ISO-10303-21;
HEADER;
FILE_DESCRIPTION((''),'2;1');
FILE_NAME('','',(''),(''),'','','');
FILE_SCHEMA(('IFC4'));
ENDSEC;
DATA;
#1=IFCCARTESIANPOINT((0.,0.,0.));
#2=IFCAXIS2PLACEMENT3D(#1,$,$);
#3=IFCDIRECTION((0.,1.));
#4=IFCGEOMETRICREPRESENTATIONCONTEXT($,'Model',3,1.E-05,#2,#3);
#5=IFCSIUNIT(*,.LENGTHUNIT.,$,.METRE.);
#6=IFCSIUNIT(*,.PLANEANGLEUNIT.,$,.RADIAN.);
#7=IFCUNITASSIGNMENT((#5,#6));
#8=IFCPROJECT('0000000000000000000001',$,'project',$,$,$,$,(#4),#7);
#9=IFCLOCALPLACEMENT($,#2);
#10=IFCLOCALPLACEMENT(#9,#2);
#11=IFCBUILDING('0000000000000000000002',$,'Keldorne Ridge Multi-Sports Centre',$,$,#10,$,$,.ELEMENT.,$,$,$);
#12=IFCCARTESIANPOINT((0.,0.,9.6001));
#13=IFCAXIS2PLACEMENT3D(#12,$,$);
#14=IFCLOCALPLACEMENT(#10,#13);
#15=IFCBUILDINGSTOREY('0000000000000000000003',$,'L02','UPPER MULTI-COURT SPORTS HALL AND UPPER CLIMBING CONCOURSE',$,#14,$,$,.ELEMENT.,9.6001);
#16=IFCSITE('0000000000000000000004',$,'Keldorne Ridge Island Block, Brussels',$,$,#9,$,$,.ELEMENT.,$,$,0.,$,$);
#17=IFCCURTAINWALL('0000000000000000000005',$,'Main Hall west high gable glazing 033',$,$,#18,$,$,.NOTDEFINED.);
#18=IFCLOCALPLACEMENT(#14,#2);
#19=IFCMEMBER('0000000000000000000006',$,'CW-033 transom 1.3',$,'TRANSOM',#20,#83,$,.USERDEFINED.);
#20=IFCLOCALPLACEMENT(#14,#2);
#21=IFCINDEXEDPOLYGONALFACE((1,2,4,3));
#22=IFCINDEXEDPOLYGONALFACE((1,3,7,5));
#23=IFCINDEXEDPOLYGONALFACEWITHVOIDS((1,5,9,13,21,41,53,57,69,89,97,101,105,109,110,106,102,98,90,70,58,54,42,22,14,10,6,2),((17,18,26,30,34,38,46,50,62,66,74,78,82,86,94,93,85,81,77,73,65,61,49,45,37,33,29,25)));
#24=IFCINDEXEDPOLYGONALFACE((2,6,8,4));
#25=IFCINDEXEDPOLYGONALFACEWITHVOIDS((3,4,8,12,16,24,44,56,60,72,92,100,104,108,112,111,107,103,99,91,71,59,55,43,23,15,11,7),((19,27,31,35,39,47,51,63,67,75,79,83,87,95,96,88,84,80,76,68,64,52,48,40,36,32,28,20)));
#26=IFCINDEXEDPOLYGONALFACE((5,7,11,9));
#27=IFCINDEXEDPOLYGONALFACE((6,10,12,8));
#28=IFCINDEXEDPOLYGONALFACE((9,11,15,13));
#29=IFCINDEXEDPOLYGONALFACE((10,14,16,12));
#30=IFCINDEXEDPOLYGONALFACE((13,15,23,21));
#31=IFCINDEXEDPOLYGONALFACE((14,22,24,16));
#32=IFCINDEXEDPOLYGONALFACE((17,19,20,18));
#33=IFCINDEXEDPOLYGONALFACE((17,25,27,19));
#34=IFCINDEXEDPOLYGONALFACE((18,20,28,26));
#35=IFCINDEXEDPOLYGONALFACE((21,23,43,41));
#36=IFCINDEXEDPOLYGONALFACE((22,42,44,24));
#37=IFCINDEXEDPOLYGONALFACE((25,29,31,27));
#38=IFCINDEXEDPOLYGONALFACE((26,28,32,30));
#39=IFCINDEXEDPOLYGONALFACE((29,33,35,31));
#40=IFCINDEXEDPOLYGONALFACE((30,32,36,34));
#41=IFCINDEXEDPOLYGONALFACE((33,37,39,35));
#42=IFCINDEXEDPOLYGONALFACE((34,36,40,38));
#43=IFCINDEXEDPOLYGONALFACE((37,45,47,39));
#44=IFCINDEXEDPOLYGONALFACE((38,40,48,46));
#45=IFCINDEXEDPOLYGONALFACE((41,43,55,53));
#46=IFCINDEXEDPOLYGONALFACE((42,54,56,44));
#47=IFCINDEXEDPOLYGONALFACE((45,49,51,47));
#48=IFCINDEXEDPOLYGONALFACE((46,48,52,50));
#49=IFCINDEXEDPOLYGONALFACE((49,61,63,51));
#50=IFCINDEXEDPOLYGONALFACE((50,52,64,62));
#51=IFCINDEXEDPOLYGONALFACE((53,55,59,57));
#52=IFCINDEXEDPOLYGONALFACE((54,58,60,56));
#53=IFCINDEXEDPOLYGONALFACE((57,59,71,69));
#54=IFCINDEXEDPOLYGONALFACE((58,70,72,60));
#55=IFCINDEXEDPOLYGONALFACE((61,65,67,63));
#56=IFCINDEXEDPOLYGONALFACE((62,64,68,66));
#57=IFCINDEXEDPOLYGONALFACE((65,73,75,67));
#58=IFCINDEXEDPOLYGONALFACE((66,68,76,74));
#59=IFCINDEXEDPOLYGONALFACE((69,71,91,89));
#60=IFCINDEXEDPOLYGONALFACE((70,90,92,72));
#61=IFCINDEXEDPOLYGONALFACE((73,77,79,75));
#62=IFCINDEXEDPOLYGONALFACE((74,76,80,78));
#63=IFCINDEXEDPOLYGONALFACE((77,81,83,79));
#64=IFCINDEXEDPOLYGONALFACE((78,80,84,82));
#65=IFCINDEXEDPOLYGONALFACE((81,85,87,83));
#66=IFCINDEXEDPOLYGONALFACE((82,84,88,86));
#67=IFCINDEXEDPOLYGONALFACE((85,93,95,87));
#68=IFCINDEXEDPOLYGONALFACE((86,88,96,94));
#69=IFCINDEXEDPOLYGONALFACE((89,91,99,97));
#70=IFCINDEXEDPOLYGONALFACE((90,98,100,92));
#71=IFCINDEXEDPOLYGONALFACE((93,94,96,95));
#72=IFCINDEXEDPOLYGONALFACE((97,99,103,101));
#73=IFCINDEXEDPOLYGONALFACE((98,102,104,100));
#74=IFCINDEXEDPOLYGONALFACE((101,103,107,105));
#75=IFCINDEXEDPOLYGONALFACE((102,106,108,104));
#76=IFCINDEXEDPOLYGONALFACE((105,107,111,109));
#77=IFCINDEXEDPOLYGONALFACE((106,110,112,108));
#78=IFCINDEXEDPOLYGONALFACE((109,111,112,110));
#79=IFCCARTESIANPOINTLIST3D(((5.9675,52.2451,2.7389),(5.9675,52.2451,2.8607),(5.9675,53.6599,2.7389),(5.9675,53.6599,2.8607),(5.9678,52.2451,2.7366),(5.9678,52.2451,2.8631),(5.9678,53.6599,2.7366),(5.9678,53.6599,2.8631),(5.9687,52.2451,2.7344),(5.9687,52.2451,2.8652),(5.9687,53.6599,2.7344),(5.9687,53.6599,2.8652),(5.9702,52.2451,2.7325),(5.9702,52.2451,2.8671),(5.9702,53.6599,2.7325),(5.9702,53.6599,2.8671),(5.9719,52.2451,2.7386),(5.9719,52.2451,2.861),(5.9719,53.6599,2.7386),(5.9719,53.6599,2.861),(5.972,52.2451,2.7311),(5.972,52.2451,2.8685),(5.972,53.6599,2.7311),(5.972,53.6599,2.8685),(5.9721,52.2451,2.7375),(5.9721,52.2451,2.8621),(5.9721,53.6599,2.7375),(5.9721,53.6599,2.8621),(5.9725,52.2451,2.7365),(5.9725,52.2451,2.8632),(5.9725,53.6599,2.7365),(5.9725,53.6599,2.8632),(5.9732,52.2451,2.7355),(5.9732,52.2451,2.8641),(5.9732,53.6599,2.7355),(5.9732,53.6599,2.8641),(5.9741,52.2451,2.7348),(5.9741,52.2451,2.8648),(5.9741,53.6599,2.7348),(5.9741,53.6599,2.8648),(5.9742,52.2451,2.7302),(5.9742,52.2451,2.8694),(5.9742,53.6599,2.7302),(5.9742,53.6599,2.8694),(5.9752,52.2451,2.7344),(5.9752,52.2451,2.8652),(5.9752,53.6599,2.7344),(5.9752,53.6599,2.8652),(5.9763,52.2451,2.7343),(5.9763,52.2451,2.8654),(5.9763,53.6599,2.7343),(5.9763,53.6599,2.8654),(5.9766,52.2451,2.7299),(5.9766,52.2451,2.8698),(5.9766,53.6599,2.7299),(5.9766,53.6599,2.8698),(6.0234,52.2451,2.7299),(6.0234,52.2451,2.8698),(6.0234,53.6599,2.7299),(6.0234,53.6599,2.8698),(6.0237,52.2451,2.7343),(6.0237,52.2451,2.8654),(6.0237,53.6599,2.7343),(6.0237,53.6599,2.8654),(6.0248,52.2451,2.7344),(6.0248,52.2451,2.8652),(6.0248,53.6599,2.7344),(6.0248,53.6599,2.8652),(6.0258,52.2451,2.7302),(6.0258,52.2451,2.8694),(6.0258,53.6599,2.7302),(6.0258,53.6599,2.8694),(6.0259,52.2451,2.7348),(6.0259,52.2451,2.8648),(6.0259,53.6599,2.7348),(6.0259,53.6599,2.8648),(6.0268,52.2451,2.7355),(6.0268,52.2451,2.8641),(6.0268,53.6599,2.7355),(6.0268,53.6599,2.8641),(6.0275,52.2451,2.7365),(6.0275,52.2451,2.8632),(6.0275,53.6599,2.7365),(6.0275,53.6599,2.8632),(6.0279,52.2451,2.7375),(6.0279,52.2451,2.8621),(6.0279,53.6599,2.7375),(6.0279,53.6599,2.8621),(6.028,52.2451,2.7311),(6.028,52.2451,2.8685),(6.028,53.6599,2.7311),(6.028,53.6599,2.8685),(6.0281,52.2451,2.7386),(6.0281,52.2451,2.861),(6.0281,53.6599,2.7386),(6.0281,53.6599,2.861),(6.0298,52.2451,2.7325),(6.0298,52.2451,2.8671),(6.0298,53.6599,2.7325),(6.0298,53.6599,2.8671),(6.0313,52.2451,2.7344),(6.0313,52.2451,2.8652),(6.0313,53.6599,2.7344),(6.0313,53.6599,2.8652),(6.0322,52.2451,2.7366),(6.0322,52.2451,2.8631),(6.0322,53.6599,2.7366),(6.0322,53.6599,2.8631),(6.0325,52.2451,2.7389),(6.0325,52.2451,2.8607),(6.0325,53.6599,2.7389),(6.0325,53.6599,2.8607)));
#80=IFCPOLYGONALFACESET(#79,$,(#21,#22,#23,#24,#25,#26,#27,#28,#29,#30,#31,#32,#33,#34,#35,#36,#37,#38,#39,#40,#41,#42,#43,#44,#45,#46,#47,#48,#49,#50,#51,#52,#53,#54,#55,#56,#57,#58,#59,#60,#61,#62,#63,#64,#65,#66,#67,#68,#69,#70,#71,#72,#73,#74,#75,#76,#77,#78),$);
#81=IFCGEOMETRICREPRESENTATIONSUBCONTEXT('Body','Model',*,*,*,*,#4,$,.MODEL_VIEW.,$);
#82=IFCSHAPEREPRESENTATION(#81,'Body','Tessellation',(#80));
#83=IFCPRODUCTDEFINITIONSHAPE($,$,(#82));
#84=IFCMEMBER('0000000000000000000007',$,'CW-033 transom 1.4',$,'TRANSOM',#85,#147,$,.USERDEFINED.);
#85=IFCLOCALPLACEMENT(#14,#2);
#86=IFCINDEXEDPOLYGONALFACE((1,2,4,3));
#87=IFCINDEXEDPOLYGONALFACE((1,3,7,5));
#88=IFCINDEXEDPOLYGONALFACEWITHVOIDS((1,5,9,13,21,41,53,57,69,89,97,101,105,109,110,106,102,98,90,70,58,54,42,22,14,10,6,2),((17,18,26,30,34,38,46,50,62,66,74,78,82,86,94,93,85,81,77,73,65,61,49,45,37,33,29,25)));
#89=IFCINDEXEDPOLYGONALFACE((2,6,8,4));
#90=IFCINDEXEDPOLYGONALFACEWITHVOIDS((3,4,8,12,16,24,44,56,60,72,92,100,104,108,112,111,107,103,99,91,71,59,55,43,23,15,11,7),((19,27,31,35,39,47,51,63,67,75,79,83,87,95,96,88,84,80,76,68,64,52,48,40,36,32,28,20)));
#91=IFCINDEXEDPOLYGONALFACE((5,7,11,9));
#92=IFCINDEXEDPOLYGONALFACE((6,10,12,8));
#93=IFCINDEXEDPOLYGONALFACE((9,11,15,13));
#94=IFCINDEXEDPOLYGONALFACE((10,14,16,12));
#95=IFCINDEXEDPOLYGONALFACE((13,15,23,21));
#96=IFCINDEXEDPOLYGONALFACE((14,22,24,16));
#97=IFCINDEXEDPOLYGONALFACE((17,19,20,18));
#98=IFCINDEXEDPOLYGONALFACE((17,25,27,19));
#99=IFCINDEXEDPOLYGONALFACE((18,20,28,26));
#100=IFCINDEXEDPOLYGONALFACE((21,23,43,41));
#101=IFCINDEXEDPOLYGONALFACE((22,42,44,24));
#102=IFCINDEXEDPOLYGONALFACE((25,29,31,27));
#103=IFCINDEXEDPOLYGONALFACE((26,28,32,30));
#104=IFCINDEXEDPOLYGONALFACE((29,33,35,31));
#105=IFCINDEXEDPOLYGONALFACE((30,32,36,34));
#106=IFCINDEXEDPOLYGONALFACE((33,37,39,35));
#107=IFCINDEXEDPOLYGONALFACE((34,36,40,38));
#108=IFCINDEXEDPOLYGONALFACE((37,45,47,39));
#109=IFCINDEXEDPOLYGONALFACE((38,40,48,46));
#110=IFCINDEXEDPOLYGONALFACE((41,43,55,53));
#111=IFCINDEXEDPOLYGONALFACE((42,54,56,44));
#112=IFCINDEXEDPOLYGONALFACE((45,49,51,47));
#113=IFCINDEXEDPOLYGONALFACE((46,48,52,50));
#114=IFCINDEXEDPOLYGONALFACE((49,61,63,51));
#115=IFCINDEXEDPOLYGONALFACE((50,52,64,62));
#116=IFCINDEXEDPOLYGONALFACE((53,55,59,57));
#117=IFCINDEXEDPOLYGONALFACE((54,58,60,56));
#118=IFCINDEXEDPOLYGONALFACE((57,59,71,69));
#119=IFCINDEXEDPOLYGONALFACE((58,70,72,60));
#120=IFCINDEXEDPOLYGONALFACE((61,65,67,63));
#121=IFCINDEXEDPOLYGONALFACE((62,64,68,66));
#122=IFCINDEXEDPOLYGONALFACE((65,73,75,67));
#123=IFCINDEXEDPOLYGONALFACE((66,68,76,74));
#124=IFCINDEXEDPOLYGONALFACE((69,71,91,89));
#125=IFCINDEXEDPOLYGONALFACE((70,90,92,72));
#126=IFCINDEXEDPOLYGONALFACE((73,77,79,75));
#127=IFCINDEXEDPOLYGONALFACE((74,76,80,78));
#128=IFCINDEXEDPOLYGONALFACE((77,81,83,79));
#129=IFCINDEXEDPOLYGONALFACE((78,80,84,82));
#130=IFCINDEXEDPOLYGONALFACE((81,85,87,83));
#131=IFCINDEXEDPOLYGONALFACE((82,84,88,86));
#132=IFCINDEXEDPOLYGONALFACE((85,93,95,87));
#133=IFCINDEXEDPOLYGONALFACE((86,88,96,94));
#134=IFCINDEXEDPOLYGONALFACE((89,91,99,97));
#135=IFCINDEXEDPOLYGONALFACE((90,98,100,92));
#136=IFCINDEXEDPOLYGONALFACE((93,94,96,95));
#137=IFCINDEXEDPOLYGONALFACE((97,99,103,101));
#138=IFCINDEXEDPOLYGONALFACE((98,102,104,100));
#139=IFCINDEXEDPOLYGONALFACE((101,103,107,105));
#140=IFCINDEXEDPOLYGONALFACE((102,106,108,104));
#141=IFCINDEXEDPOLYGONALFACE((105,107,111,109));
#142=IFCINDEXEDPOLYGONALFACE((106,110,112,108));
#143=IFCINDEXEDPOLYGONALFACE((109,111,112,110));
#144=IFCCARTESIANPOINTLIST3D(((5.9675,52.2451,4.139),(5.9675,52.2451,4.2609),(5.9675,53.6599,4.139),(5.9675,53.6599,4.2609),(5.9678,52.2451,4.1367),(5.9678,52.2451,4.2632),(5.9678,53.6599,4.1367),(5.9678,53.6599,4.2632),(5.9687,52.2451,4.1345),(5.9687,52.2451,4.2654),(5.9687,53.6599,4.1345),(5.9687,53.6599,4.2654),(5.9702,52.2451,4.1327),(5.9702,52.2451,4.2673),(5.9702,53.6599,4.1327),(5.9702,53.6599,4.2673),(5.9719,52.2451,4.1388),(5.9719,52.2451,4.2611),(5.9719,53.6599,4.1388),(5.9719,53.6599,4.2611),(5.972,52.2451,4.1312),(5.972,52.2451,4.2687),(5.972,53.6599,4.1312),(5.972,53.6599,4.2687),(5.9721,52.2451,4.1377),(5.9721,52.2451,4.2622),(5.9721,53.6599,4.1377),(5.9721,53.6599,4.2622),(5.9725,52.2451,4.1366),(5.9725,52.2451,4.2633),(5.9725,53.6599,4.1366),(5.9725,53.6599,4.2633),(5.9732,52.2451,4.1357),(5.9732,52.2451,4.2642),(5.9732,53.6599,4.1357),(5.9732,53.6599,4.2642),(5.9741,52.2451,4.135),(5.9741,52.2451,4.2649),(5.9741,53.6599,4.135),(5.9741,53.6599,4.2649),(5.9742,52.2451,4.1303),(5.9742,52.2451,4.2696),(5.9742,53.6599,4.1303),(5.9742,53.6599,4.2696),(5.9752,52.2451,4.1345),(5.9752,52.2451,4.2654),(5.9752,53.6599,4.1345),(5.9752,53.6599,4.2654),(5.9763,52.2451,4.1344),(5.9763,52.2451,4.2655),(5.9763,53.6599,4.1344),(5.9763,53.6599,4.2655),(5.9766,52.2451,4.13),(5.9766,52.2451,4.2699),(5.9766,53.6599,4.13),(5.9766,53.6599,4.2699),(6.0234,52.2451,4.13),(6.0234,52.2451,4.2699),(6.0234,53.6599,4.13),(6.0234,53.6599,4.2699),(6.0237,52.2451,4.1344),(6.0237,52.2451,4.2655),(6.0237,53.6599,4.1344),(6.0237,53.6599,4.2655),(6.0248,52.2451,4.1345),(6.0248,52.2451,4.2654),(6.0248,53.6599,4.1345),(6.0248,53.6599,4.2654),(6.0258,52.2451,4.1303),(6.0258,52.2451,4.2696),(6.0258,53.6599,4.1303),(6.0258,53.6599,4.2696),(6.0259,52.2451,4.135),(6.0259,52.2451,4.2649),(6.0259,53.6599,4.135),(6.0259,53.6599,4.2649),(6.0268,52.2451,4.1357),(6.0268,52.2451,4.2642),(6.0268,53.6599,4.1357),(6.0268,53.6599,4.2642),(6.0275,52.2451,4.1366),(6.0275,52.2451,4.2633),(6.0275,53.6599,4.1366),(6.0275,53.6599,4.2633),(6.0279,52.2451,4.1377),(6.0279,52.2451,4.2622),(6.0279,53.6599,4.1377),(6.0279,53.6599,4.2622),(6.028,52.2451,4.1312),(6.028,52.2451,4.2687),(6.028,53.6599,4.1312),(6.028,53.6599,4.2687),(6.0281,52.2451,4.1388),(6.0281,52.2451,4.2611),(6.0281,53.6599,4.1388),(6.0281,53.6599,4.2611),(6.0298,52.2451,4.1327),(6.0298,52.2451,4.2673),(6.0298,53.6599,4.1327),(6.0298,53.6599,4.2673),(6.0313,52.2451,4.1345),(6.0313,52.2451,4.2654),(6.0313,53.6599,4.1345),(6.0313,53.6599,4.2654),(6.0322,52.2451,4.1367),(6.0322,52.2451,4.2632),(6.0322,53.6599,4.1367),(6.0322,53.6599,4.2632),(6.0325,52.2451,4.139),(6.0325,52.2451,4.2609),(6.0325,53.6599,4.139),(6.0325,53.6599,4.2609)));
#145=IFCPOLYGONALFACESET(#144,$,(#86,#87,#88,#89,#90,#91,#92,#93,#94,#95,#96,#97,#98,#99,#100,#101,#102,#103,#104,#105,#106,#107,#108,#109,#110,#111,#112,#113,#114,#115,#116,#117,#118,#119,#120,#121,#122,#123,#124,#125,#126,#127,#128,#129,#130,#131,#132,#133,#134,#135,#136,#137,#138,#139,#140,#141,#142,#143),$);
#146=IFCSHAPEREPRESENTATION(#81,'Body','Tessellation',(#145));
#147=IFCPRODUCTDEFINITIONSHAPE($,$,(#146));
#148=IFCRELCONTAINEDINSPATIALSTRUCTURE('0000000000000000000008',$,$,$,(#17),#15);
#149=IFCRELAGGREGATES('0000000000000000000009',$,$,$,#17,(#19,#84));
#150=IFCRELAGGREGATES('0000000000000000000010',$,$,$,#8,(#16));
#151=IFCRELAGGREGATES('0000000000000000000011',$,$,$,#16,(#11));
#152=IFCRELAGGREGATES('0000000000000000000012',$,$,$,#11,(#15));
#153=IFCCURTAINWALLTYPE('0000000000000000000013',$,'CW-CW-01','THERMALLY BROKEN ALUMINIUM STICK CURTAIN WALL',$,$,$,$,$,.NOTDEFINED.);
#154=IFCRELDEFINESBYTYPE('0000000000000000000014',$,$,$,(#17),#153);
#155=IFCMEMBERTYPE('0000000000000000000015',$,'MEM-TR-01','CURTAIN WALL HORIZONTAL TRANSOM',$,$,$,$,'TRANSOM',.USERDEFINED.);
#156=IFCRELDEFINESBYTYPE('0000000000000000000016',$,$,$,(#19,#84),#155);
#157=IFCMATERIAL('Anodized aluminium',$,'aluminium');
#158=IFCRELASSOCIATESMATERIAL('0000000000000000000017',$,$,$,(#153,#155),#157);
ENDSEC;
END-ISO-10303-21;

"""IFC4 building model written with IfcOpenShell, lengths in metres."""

from ifc_helpers import new_model, si_unit, direction, frame, origin, origin_2d, place, context, subcontext, project, spatial, hollow_rectangle, extrude, material, material_profile, profile_set, type_object, element, aggregate, save


model = new_model("IFC4")

# Units and contexts
model_context = context("Model", 3, precision=1e-05, world=origin(), true_north=direction((0.0, 1.0)))
body_context = subcontext(model_context, "Body", "Model", "MODEL_VIEW")
ifc_project = project(units=[si_unit("LENGTHUNIT", "METRE"), si_unit("PLANEANGLEUNIT", "RADIAN")], contexts=[model_context])

# Site, building, storey
site_placement = place(None, origin())
site = spatial("IfcSite", under=ifc_project, at=site_placement, Name="Keldorne Ridge Island Block, Brussels", CompositionType="ELEMENT", RefElevation=0.0)
building_placement = place(site_placement, origin())
building = spatial("IfcBuilding", under=site, at=building_placement, Name="Keldorne Ridge Multi-Sports Centre", CompositionType="ELEMENT")
storey_placement = place(building_placement, frame((0.0, 0.0, 9.6001)))
storey = spatial("IfcBuildingStorey", under=building, at=storey_placement, Name="L02", Description="UPPER MULTI-COURT SPORTS HALL AND UPPER CLIMBING CONCOURSE", CompositionType="ELEMENT", Elevation=9.6001)

# Curtain wall
ifc_material_1 = material(Name="Anodized aluminium", Category="aluminium")
curtain_wall_type_1 = type_object("IfcCurtainWallType", Name="CW-CW-01", Description="THERMALLY BROKEN ALUMINIUM STICK CURTAIN WALL", PredefinedType="NOTDEFINED", material=ifc_material_1)
curtain_wall_1_placement = place(storey_placement, origin())
curtain_wall_1 = element("IfcCurtainWall", 1, at=curtain_wall_1_placement, inside=storey, type_object=curtain_wall_type_1, Name="Main Hall west high gable glazing 033", PredefinedType="NOTDEFINED")

# Members
ifc_material_profile_1 = material_profile(ifc_material_1, hollow_rectangle(XDim=0.0649, YDim=0.1399, WallThickness=0.0044, InnerFilletRadius=0.0044, OuterFilletRadius=0.009, at=origin_2d()), Name="ALU TRANSOM 140x65x4.5")
ifc_profile_set_1 = profile_set([ifc_material_profile_1], Name="Anodized aluminium")
member_type_1 = type_object("IfcMemberType", Name="MEM-TR-01", Description="CURTAIN WALL HORIZONTAL TRANSOM", ElementType="TRANSOM", PredefinedType="USERDEFINED", material=ifc_profile_set_1)
member_1_placement = place(storey_placement, frame((6.0, 53.6599, 2.7998), z_axis=(0.0, -1.0, 0.0), x_axis=(1.0, 0.0, 0.0)))
member_1 = element("IfcMember", 2, at=member_1_placement, type_object=member_type_1, Name="CW-033 transom 1.3", ObjectType="TRANSOM", PredefinedType="USERDEFINED", context=body_context, shape_type="SweptSolid", body=[
    extrude(hollow_rectangle(XDim=0.0649, YDim=0.1399, WallThickness=0.0044, InnerFilletRadius=0.0044, OuterFilletRadius=0.009, at=origin_2d()), origin(), (0.0, 0.0, 1.0), 1.4148),
])
member_2_placement = place(storey_placement, frame((6.0, 53.6599, 4.2), z_axis=(0.0, -1.0, 0.0), x_axis=(1.0, 0.0, 0.0)))
member_2 = element("IfcMember", 3, at=member_2_placement, type_object=member_type_1, Name="CW-033 transom 1.4", ObjectType="TRANSOM", PredefinedType="USERDEFINED", context=body_context, shape_type="SweptSolid", body=[
    extrude(hollow_rectangle(XDim=0.0649, YDim=0.1399, WallThickness=0.0044, InnerFilletRadius=0.0044, OuterFilletRadius=0.009, at=origin_2d()), origin(), (0.0, 0.0, 1.0), 1.4148),
])

aggregate(curtain_wall_1, [member_1, member_2])

save(model, "model.ifc")
